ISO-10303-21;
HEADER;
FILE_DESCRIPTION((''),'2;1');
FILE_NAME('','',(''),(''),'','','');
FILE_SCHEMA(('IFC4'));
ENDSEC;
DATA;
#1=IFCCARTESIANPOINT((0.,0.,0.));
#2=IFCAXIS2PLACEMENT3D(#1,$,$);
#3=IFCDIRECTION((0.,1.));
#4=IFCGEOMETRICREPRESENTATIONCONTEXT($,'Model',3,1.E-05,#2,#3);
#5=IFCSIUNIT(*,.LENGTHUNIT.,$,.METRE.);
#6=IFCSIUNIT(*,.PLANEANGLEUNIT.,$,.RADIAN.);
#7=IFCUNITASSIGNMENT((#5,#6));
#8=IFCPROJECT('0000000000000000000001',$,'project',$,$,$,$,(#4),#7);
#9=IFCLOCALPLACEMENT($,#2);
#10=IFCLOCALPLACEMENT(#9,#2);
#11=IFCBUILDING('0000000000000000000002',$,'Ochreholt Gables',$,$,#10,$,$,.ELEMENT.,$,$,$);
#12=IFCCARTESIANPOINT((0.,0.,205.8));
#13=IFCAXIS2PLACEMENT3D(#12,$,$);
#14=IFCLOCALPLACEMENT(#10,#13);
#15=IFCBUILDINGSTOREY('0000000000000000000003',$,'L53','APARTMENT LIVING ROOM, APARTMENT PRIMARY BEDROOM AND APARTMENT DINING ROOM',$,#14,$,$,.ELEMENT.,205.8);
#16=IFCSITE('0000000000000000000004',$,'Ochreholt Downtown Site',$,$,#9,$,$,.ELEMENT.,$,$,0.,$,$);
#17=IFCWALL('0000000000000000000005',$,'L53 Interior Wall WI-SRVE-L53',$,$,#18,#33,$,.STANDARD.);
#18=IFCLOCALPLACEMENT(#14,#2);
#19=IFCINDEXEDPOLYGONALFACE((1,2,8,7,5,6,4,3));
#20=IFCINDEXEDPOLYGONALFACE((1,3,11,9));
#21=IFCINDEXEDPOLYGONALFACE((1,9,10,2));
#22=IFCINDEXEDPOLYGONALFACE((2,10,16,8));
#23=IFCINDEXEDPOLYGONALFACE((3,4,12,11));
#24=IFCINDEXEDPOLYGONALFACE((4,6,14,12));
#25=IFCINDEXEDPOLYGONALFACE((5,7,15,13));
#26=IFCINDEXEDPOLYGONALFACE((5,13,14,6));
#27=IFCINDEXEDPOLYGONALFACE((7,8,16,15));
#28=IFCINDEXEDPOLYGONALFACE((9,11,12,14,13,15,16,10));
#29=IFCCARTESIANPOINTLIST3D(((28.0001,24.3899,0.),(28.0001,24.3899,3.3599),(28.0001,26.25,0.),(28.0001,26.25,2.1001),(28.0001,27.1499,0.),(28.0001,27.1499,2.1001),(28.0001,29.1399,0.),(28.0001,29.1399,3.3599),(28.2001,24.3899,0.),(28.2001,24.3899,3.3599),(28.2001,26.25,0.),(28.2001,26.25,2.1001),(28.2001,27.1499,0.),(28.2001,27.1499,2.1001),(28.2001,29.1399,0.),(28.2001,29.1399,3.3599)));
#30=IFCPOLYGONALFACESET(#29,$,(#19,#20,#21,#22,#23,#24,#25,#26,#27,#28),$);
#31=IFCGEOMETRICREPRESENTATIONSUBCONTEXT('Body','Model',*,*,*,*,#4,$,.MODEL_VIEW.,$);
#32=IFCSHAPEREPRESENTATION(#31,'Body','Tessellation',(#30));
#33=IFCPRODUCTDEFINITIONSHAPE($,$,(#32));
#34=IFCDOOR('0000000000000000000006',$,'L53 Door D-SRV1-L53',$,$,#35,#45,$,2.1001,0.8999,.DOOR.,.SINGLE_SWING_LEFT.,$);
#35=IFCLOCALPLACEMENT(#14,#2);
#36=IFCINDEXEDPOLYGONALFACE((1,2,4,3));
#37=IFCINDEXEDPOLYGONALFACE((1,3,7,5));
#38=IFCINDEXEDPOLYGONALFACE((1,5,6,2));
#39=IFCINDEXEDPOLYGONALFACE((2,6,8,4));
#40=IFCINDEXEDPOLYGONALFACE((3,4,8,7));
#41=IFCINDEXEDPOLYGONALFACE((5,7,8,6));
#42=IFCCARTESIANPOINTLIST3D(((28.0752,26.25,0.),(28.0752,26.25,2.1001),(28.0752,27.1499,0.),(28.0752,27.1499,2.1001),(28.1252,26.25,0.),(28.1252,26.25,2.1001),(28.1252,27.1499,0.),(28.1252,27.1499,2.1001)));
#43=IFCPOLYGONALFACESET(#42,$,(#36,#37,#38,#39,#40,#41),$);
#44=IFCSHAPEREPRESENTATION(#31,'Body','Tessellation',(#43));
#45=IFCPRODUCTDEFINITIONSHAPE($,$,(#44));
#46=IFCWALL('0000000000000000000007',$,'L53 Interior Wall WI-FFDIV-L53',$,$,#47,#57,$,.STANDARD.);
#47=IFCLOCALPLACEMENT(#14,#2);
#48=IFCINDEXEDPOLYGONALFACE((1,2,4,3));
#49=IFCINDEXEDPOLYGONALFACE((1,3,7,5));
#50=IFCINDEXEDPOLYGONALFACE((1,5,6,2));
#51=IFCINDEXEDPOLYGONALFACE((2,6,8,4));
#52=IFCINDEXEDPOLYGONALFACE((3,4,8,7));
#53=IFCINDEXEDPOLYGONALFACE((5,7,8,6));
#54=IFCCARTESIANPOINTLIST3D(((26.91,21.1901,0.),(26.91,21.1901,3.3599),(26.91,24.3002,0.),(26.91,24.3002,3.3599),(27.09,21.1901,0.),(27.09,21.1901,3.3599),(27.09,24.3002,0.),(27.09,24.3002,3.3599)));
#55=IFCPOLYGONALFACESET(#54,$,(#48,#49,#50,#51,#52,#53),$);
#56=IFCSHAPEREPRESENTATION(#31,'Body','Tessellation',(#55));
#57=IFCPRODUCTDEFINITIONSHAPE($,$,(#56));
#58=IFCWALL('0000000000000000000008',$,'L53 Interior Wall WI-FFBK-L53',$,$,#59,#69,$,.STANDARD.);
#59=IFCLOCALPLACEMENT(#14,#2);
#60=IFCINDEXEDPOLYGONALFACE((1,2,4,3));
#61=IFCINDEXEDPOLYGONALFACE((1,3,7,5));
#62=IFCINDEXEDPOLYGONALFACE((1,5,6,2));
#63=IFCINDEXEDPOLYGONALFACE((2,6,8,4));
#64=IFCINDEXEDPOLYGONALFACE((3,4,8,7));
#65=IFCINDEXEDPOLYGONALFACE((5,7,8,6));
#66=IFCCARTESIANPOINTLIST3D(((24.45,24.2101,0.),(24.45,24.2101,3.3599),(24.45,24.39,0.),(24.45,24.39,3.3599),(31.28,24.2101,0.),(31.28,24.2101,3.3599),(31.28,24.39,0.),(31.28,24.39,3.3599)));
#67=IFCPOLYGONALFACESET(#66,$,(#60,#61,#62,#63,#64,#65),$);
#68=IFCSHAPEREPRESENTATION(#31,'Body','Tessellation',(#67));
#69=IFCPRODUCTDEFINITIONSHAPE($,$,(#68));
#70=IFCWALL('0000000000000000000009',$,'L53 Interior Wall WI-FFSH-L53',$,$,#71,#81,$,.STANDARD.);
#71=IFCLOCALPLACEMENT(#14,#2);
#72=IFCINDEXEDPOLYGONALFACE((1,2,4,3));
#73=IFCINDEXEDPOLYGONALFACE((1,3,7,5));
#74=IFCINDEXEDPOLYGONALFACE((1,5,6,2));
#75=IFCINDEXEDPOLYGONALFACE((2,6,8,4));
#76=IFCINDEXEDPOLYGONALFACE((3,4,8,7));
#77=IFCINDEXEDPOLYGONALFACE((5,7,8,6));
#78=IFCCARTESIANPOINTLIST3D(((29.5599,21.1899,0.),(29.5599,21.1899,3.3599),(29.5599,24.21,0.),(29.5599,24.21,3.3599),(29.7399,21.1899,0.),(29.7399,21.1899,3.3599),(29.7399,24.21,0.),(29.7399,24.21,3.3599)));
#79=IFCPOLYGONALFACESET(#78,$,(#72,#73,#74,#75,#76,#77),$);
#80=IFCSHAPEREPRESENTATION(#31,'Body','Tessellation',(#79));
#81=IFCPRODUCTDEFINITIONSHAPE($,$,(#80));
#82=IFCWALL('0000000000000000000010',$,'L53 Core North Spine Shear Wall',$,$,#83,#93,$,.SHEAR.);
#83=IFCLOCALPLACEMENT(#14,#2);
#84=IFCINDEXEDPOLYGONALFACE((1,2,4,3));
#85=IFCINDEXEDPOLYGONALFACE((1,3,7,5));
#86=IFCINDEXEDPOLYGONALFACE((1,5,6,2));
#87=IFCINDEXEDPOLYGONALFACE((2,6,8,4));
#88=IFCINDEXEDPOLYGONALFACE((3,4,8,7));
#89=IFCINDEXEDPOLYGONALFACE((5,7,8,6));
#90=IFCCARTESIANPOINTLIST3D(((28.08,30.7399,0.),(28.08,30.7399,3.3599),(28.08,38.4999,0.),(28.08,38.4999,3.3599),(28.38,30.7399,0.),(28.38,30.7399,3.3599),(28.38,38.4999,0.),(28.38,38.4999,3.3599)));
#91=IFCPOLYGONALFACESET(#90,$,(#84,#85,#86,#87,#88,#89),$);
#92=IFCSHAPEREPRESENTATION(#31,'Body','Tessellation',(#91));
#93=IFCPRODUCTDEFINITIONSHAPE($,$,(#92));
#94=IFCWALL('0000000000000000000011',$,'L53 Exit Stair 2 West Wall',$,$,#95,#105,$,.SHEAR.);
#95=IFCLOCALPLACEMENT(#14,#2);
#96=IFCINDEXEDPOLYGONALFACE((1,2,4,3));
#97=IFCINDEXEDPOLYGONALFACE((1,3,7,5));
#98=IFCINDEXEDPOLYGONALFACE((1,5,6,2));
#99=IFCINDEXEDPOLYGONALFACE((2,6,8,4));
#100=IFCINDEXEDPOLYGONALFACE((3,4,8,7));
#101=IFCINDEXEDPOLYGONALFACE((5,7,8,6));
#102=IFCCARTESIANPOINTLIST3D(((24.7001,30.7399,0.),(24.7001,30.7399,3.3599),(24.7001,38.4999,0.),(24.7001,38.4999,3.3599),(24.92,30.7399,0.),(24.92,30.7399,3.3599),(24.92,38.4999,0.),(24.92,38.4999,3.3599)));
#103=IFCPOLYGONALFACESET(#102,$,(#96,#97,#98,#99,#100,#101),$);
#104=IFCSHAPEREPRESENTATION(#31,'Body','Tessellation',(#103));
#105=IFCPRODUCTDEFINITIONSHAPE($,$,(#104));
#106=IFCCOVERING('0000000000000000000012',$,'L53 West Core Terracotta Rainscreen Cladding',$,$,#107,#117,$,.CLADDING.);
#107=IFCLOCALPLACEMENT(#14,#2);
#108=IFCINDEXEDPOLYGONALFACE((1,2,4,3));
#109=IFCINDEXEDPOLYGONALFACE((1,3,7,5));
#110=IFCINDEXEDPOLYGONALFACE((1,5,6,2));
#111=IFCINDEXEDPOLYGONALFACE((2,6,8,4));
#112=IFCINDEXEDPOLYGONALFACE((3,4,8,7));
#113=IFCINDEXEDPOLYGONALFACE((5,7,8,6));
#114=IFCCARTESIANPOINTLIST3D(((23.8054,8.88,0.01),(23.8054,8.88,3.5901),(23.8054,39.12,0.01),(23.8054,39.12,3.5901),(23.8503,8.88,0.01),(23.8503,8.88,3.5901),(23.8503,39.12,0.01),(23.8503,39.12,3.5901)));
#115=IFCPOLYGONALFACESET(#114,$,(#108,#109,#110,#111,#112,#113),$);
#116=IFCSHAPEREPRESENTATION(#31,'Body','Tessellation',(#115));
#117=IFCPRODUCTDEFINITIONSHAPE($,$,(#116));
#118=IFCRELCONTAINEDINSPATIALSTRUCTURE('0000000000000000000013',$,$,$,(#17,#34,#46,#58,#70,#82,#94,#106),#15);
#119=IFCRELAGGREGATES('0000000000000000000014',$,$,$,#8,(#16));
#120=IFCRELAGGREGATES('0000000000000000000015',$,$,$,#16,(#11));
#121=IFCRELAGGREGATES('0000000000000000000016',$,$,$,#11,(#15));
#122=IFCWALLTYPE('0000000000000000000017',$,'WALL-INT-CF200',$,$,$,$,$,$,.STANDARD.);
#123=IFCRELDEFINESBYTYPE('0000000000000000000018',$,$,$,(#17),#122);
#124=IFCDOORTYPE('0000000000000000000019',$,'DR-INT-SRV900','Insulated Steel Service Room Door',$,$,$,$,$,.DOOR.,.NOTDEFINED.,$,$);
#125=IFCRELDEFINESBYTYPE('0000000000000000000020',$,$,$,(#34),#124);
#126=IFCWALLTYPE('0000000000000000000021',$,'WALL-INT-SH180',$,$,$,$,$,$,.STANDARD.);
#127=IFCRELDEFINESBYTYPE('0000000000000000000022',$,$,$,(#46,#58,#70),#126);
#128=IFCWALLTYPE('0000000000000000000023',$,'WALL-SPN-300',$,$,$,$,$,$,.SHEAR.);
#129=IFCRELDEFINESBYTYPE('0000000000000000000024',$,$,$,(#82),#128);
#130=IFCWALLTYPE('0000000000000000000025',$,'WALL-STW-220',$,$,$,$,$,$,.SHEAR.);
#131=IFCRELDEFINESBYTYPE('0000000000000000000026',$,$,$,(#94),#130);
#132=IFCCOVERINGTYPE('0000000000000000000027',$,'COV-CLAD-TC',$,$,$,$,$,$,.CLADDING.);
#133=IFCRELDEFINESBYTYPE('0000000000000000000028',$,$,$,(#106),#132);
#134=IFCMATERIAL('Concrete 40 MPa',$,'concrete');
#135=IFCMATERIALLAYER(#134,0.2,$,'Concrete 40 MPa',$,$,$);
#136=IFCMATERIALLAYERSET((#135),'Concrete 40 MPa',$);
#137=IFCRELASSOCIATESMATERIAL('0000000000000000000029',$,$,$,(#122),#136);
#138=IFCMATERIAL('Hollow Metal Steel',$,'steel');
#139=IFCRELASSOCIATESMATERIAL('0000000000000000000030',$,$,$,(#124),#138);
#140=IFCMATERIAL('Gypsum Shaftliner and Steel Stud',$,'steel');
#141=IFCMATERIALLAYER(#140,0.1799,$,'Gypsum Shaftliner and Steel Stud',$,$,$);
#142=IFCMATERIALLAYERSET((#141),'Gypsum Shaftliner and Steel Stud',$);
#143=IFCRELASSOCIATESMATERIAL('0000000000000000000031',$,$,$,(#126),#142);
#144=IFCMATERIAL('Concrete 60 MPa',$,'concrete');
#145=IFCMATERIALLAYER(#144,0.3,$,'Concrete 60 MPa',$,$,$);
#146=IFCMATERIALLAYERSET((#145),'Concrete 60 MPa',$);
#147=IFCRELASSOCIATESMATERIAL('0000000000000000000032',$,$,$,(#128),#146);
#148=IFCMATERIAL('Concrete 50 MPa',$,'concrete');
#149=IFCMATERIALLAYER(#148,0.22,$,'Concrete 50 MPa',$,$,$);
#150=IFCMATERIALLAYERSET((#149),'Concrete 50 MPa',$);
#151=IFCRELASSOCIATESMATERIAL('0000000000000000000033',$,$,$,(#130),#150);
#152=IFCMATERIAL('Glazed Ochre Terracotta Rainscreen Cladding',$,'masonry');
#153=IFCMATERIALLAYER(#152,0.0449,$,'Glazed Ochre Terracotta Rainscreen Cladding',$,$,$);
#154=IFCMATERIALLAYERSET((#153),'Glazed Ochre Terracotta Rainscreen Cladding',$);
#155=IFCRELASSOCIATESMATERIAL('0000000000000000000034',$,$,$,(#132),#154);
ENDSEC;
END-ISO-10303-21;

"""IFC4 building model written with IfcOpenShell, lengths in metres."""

from ifc_helpers import new_model, si_unit, direction, frame, frame_2d, origin, origin_2d, place, context, subcontext, project, spatial, rectangle, extrude, material, layer, layer_set, type_object, element, fill, save


model = new_model("IFC4")

# Units and contexts
model_context = context("Model", 3, precision=1e-05, world=origin(), true_north=direction((0.0, 1.0)))
body_context = subcontext(model_context, "Body", "Model", "MODEL_VIEW")
ifc_project = project(units=[si_unit("LENGTHUNIT", "METRE"), si_unit("PLANEANGLEUNIT", "RADIAN")], contexts=[model_context])

# Site, building, storey
site_placement = place(None, origin())
site = spatial("IfcSite", under=ifc_project, at=site_placement, Name="Ochreholt Downtown Site", CompositionType="ELEMENT", RefElevation=0.0)
building_placement = place(site_placement, origin())
building = spatial("IfcBuilding", under=site, at=building_placement, Name="Ochreholt Gables", CompositionType="ELEMENT")
storey_placement = place(building_placement, frame((0.0, 0.0, 205.8)))
storey = spatial("IfcBuildingStorey", under=building, at=storey_placement, Name="L53", Description="APARTMENT LIVING ROOM, APARTMENT PRIMARY BEDROOM AND APARTMENT DINING ROOM", CompositionType="ELEMENT", Elevation=205.8)

# Shared definitions
ifc_material_1 = material(Name="Concrete 50 MPa", Category="concrete")

# Shared definitions
ifc_material_2 = material(Name="Concrete 40 MPa", Category="concrete")
ifc_layer_1 = layer(ifc_material_2, 0.2, Name="Concrete 40 MPa")
ifc_layer_set_1 = layer_set([ifc_layer_1], Name="Concrete 40 MPa")
wall_type_1 = type_object("IfcWallType", Name="WALL-INT-CF200", PredefinedType="STANDARD", material=ifc_layer_set_1)

# Wall, opening, door
wall_1_placement = place(storey_placement, frame((28.1001, 24.3899, 0.0), z_axis=(0.0, 0.0, 1.0), x_axis=(0.0, 1.0, 0.0)))
wall_1 = element("IfcWall", 1, at=wall_1_placement, inside=storey, type_object=wall_type_1, Name="L53 Interior Wall WI-SRVE-L53", PredefinedType="STANDARD", context=body_context, shape_type="SweptSolid", body=[
    extrude(rectangle(XDim=4.75, YDim=0.2, at=frame_2d((2.375, 0.0))), origin(), (0.0, 0.0, 1.0), 3.3599),
])
opening_1_placement = place(wall_1_placement, frame((1.8601, 0.0, 0.0)))
opening_1 = element("IfcOpeningElement", 2, at=opening_1_placement, cuts=wall_1, PredefinedType="OPENING", context=body_context, shape_type="SweptSolid", body=[
    extrude(rectangle(XDim=0.8999, YDim=2.1001, at=frame_2d((0.45, 1.05))), frame((0.0, 0.1099, 0.0), z_axis=(0.0, -1.0, 0.0), x_axis=(1.0, 0.0, 0.0)), (0.0, 0.0, 1.0), 0.22),
])
ifc_material_3 = material(Name="Hollow Metal Steel", Category="steel")
door_type_1 = type_object("IfcDoorType", Name="DR-INT-SRV900", Description="Insulated Steel Service Room Door", OperationType="NOTDEFINED", PredefinedType="DOOR", material=ifc_material_3)
door_1_placement = place(opening_1_placement, origin())
door_1 = element("IfcDoor", 3, at=door_1_placement, inside=storey, type_object=door_type_1, Name="L53 Door D-SRV1-L53", OperationType="SINGLE_SWING_LEFT", OverallHeight=2.1001, OverallWidth=0.8999, PredefinedType="DOOR", context=body_context, shape_type="SweptSolid", body=[
    extrude(rectangle(XDim=0.8999, YDim=2.1001, at=frame_2d((0.45, 1.05))), frame((0.0, 0.0249, 0.0), z_axis=(0.0, -1.0, 0.0), x_axis=(1.0, 0.0, 0.0)), (0.0, 0.0, 1.0), 0.05),
])
fill(opening_1, door_1)

# Walls
ifc_material_4 = material(Name="Gypsum Shaftliner and Steel Stud", Category="steel")
ifc_layer_2 = layer(ifc_material_4, 0.1799, Name="Gypsum Shaftliner and Steel Stud")
ifc_layer_set_2 = layer_set([ifc_layer_2], Name="Gypsum Shaftliner and Steel Stud")
wall_type_2 = type_object("IfcWallType", Name="WALL-INT-SH180", PredefinedType="STANDARD", material=ifc_layer_set_2)
wall_2_placement = place(storey_placement, frame((27.0, 21.1899, 0.0), z_axis=(0.0, 0.0, 1.0), x_axis=(0.0, 1.0, 0.0)))
element("IfcWall", 4, at=wall_2_placement, inside=storey, type_object=wall_type_2, Name="L53 Interior Wall WI-FFDIV-L53", PredefinedType="STANDARD", context=body_context, shape_type="SweptSolid", body=[
    extrude(rectangle(XDim=3.1101, YDim=0.1799, at=frame_2d((1.5552, 0.0))), origin(), (0.0, 0.0, 1.0), 3.3599),
])
wall_3_placement = place(storey_placement, frame((24.45, 24.3, 0.0), z_axis=(0.0, 0.0, 1.0), x_axis=(1.0, 0.0, 0.0)))
element("IfcWall", 5, at=wall_3_placement, inside=storey, type_object=wall_type_2, Name="L53 Interior Wall WI-FFBK-L53", PredefinedType="STANDARD", context=body_context, shape_type="SweptSolid", body=[
    extrude(rectangle(XDim=6.8301, YDim=0.1799, at=frame_2d((3.415, 0.0))), origin(), (0.0, 0.0, 1.0), 3.3599),
])
wall_4_placement = place(storey_placement, frame((29.6499, 21.1899, 0.0), z_axis=(0.0, 0.0, 1.0), x_axis=(0.0, 1.0, 0.0)))
element("IfcWall", 6, at=wall_4_placement, inside=storey, type_object=wall_type_2, Name="L53 Interior Wall WI-FFSH-L53", PredefinedType="STANDARD", context=body_context, shape_type="SweptSolid", body=[
    extrude(rectangle(XDim=3.02, YDim=0.1799, at=frame_2d((1.51, 0.0))), origin(), (0.0, 0.0, 1.0), 3.3599),
])
ifc_material_5 = material(Name="Concrete 60 MPa", Category="concrete")
ifc_layer_3 = layer(ifc_material_5, 0.3, Name="Concrete 60 MPa")
ifc_layer_set_3 = layer_set([ifc_layer_3], Name="Concrete 60 MPa")
wall_type_3 = type_object("IfcWallType", Name="WALL-SPN-300", PredefinedType="SHEAR", material=ifc_layer_set_3)
wall_5_placement = place(storey_placement, frame((28.23, 30.74, 0.0), z_axis=(0.0, 0.0, 1.0), x_axis=(0.0, 1.0, 0.0)))
element("IfcWall", 7, at=wall_5_placement, inside=storey, type_object=wall_type_3, Name="L53 Core North Spine Shear Wall", PredefinedType="SHEAR", context=body_context, shape_type="SweptSolid", body=[
    extrude(rectangle(XDim=7.76, YDim=0.3, at=frame_2d((3.8799, 0.0))), origin(), (0.0, 0.0, 1.0), 3.3599),
])
ifc_layer_4 = layer(ifc_material_1, 0.22, Name="Concrete 50 MPa")
ifc_layer_set_4 = layer_set([ifc_layer_4], Name="Concrete 50 MPa")
wall_type_4 = type_object("IfcWallType", Name="WALL-STW-220", PredefinedType="SHEAR", material=ifc_layer_set_4)
wall_6_placement = place(storey_placement, frame((24.8101, 30.74, 0.0), z_axis=(0.0, 0.0, 1.0), x_axis=(0.0, 1.0, 0.0)))
element("IfcWall", 8, at=wall_6_placement, inside=storey, type_object=wall_type_4, Name="L53 Exit Stair 2 West Wall", PredefinedType="SHEAR", context=body_context, shape_type="SweptSolid", body=[
    extrude(rectangle(XDim=7.76, YDim=0.22, at=frame_2d((3.8799, 0.0))), origin(), (0.0, 0.0, 1.0), 3.3599),
])

# Covering
ifc_material_6 = material(Name="Glazed Ochre Terracotta Rainscreen Cladding", Category="masonry")
ifc_layer_5 = layer(ifc_material_6, 0.0449, Name="Glazed Ochre Terracotta Rainscreen Cladding")
ifc_layer_set_5 = layer_set([ifc_layer_5], Name="Glazed Ochre Terracotta Rainscreen Cladding")
covering_type = type_object("IfcCoveringType", Name="COV-CLAD-TC", PredefinedType="CLADDING", material=ifc_layer_set_5)
covering_placement = place(storey_placement, frame((23.8279, 24.0, 0.01), z_axis=(0.0, 0.0, 1.0), x_axis=(0.0, 1.0, 0.0)))
element("IfcCovering", 9, at=covering_placement, inside=storey, type_object=covering_type, Name="L53 West Core Terracotta Rainscreen Cladding", PredefinedType="CLADDING", context=body_context, shape_type="SweptSolid", body=[
    extrude(rectangle(XDim=30.24, YDim=0.0449, at=origin_2d()), origin(), (0.0, 0.0, 1.0), 3.5801),
])

save(model, "model.ifc")
